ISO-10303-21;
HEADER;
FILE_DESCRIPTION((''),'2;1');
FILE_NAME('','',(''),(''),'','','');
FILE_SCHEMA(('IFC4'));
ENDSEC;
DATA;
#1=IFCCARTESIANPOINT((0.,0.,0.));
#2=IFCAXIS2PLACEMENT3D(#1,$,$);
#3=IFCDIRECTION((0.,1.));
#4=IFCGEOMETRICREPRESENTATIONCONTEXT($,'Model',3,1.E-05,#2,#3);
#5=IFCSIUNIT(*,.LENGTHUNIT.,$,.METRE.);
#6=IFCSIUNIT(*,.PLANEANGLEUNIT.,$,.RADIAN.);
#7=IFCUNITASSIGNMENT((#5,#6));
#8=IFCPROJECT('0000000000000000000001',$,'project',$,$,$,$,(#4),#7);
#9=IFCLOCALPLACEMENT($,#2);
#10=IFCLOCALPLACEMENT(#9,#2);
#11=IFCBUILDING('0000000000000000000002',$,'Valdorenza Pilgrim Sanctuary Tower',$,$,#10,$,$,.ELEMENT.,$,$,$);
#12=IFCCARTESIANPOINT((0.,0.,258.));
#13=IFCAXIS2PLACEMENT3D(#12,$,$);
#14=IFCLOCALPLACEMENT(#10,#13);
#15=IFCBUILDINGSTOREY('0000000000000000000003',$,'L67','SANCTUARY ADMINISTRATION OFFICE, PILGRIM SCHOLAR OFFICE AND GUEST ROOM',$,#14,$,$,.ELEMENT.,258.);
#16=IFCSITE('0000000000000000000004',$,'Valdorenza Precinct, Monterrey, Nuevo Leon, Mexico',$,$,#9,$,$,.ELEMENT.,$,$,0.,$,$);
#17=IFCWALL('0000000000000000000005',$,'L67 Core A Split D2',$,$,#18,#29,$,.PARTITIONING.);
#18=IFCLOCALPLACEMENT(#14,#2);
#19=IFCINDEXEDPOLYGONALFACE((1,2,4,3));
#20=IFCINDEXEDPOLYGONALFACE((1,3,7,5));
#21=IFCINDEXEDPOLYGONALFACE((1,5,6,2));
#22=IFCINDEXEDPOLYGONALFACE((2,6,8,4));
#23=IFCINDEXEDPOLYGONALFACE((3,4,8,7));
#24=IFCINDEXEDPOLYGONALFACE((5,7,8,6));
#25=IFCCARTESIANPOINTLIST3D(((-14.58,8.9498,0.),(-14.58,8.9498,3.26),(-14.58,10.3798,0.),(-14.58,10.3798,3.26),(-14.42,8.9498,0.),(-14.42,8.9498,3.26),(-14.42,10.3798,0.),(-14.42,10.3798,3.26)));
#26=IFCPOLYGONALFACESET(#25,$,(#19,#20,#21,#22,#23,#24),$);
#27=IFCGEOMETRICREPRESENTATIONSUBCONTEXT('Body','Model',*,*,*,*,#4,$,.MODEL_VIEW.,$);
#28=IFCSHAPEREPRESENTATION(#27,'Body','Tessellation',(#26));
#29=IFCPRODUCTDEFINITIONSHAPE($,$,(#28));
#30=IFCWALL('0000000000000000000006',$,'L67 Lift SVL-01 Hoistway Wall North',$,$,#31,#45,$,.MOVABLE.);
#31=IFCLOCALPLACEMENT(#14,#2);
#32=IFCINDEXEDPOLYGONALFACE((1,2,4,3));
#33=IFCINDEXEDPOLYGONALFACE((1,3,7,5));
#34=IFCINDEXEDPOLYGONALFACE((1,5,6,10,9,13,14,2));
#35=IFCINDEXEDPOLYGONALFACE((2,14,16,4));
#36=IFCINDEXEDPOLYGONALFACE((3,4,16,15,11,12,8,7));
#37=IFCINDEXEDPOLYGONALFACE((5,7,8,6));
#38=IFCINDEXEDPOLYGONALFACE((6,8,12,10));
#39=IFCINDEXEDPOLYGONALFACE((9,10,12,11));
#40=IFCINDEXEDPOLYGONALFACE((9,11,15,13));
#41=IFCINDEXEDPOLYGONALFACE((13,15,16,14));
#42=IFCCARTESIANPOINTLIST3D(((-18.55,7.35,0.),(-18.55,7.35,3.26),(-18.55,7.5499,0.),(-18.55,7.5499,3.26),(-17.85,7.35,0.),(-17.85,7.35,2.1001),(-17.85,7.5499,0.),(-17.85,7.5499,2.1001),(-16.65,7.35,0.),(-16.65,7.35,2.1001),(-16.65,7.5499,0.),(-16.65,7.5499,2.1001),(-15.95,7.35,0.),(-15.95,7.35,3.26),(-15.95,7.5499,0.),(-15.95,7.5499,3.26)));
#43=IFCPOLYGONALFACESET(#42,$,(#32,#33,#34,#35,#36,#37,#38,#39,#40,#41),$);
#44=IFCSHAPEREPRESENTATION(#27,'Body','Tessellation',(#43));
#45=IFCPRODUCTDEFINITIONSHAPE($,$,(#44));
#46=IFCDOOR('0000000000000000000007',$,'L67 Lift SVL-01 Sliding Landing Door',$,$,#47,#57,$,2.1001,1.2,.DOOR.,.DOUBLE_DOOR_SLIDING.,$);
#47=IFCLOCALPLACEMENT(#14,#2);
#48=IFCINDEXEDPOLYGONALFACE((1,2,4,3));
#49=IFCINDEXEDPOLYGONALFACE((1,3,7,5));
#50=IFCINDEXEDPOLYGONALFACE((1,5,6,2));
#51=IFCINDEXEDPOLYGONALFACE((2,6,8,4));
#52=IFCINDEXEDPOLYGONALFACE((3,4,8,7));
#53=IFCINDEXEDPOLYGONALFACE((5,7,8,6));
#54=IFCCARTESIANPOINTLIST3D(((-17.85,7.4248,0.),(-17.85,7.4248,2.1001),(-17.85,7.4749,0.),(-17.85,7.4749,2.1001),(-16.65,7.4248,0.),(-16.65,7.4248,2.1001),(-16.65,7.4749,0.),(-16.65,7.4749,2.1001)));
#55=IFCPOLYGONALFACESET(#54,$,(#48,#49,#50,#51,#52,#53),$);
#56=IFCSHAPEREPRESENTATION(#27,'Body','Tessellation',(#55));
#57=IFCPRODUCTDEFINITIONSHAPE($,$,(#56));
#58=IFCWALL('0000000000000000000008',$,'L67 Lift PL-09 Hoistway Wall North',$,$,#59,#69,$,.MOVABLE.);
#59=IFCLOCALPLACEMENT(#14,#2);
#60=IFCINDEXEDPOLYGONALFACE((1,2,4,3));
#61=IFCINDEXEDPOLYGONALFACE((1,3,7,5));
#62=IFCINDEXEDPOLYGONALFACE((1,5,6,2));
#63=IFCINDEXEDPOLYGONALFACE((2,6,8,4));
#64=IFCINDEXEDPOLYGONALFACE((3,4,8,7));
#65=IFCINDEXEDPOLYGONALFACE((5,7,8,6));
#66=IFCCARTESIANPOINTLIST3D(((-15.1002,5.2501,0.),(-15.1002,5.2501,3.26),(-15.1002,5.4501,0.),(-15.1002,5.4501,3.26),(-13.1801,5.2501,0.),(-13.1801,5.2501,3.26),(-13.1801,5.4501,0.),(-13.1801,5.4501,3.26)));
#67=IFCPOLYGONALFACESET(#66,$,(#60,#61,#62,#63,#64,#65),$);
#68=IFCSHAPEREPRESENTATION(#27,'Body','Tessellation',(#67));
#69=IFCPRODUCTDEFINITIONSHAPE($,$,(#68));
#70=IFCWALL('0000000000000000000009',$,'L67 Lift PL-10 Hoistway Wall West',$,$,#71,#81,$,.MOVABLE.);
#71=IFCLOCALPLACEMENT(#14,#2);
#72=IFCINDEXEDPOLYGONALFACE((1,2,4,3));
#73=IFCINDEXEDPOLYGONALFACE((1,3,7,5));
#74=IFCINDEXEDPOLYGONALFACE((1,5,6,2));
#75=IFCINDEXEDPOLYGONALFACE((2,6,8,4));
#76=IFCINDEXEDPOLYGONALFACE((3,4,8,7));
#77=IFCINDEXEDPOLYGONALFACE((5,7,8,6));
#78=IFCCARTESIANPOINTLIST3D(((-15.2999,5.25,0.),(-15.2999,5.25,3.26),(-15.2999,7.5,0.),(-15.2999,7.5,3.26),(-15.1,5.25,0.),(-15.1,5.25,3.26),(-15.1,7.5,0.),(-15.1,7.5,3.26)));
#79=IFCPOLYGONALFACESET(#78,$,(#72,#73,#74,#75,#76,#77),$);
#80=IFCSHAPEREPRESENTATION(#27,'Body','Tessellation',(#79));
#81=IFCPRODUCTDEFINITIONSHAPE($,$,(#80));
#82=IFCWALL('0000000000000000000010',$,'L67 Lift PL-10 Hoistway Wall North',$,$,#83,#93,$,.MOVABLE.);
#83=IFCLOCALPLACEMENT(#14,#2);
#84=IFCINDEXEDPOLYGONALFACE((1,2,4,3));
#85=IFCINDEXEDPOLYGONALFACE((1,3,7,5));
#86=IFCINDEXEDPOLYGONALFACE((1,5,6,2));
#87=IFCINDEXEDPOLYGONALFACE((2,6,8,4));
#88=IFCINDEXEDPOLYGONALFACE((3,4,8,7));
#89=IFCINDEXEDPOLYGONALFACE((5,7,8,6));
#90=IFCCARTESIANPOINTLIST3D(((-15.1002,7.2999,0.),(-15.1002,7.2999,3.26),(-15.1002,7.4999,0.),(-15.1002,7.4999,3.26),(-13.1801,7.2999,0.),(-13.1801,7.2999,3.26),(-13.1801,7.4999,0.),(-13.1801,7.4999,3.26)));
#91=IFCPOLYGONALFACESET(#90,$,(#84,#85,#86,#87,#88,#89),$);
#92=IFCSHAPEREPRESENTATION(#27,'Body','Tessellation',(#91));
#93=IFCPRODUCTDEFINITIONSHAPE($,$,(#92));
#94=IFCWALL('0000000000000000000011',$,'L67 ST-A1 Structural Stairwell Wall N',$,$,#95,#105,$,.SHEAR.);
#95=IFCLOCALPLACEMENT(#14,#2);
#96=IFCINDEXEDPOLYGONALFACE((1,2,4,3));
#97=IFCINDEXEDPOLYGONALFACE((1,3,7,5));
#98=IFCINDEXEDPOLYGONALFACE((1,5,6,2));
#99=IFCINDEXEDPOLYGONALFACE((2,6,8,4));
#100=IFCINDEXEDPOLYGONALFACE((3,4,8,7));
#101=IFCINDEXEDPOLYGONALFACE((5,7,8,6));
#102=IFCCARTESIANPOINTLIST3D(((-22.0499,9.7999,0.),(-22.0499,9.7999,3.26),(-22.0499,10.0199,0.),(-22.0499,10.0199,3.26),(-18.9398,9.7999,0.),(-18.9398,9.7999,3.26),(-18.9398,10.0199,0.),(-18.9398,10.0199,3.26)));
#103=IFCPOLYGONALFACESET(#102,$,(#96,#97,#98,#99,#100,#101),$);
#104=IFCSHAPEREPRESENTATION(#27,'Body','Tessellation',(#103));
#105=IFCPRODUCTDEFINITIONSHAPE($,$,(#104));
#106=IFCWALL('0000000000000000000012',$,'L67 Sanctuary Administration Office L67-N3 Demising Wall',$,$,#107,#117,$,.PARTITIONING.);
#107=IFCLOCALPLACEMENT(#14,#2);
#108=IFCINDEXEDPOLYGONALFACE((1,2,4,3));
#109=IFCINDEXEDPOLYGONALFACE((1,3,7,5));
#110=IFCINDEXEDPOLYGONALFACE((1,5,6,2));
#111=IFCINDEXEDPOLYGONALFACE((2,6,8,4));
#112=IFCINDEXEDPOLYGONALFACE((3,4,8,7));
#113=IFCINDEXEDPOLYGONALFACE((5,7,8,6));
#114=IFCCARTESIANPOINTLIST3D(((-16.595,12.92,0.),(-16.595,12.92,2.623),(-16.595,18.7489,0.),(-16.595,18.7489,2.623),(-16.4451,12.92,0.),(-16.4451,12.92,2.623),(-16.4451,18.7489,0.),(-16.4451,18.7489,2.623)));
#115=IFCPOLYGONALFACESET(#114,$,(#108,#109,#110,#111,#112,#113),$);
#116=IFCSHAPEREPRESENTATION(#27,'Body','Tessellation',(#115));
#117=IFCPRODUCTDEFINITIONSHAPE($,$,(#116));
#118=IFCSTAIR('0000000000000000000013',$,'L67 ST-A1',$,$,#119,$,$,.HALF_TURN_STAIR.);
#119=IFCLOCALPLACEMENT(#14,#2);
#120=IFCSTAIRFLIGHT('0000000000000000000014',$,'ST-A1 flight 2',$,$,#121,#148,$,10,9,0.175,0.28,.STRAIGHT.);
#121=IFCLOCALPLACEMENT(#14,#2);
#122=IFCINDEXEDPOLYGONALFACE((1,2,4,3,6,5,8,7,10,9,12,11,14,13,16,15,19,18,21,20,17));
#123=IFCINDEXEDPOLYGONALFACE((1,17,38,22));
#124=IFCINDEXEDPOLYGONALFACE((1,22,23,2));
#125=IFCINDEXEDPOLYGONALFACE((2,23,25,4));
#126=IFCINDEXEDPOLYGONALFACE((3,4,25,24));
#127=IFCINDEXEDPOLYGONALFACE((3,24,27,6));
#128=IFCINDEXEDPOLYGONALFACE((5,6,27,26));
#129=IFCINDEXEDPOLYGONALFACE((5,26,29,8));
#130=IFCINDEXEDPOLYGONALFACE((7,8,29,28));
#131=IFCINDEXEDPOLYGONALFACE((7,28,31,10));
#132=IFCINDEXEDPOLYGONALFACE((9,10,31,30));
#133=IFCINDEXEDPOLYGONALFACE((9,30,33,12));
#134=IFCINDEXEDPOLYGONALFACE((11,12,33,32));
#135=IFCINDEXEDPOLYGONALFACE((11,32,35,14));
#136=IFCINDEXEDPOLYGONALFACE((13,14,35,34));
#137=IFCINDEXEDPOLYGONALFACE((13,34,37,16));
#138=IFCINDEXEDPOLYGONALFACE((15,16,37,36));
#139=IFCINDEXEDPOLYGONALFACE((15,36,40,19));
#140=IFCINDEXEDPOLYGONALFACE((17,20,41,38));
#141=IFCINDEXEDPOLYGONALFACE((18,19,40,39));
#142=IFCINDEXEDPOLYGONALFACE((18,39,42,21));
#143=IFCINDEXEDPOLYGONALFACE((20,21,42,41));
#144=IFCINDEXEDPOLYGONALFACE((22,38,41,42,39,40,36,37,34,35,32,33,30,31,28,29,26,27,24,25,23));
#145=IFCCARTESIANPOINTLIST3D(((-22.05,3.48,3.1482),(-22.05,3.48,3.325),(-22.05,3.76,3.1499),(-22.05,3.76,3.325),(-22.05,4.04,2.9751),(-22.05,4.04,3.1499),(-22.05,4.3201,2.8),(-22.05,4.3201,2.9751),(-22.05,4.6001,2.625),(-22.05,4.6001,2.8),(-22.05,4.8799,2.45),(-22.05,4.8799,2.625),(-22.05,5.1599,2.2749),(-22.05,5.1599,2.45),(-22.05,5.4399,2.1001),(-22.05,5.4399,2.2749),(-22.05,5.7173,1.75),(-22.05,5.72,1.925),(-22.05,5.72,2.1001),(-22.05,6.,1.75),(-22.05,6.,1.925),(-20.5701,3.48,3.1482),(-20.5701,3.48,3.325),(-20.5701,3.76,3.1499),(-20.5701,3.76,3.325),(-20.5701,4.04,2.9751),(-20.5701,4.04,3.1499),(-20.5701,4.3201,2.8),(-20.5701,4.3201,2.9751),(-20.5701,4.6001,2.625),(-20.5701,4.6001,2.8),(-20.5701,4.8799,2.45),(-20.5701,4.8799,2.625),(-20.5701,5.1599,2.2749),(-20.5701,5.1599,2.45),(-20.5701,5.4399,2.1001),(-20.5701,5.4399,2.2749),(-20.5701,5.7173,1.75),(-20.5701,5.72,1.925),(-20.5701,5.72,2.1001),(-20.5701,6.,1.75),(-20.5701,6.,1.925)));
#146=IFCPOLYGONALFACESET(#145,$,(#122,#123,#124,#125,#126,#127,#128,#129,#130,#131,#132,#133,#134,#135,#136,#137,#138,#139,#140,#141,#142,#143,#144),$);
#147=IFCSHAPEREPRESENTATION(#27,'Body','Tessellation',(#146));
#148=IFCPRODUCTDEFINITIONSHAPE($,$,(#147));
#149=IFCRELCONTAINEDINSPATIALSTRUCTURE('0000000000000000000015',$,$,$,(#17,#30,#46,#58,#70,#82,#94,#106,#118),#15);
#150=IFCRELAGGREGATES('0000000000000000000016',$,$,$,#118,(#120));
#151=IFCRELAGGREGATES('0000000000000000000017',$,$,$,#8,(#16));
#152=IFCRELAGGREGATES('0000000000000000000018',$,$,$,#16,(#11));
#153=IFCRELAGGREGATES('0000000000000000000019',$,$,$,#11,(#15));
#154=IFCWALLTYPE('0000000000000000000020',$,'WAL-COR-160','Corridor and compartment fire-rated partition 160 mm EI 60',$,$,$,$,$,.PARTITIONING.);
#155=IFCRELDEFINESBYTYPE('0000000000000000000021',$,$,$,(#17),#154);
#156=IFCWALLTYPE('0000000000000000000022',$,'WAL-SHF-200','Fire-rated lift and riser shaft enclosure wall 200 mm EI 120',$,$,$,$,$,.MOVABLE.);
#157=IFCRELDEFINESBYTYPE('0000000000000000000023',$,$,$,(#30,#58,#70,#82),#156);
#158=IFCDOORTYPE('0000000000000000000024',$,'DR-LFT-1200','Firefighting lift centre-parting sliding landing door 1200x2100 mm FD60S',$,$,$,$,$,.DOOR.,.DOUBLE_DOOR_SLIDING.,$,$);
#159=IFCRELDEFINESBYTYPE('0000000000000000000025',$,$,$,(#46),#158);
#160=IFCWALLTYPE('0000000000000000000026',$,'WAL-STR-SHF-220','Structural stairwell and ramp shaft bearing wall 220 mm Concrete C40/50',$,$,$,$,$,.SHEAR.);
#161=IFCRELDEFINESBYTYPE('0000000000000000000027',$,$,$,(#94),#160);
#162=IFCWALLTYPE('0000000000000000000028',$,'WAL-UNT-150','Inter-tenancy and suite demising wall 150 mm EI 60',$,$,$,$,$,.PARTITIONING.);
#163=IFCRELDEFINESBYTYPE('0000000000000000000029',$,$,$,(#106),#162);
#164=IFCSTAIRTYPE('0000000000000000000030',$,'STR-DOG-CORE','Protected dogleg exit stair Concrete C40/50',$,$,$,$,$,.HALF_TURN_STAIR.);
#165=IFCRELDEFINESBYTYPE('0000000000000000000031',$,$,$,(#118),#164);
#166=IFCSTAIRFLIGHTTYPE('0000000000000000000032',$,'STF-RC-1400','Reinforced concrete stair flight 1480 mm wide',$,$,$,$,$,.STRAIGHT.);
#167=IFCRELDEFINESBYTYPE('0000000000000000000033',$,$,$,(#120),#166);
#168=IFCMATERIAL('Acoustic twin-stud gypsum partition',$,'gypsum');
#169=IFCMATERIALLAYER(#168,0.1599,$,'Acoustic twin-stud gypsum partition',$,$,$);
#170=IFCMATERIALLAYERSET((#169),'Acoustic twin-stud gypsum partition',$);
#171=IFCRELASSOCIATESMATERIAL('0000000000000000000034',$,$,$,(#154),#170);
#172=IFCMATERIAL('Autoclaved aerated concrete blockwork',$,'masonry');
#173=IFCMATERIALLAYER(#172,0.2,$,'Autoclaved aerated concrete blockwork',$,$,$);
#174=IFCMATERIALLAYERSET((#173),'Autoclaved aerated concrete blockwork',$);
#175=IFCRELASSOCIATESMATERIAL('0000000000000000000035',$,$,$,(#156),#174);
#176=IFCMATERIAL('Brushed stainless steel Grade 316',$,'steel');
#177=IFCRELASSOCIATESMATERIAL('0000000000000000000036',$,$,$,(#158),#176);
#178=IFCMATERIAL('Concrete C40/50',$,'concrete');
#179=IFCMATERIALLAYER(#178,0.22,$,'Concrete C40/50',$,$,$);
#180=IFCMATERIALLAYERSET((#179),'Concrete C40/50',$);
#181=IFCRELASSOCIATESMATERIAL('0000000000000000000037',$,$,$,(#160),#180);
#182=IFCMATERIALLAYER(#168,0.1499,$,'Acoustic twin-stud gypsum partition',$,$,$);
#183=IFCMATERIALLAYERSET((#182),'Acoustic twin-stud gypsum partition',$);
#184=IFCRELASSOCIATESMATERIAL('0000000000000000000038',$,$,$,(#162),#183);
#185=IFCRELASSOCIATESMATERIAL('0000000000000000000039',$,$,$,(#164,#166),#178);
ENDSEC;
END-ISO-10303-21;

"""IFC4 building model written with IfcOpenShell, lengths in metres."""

from ifc_helpers import new_model, si_unit, direction, frame, frame_2d, origin, place, context, subcontext, project, spatial, polyline, rectangle, outline, extrude, material, layer, layer_set, type_object, element, fill, aggregate, save


model = new_model("IFC4")

# Units and contexts
model_context = context("Model", 3, precision=1e-05, world=origin(), true_north=direction((0.0, 1.0)))
body_context = subcontext(model_context, "Body", "Model", "MODEL_VIEW")
ifc_project = project(units=[si_unit("LENGTHUNIT", "METRE"), si_unit("PLANEANGLEUNIT", "RADIAN")], contexts=[model_context])

# Site, building, storey
site_placement = place(None, origin())
site = spatial("IfcSite", under=ifc_project, at=site_placement, Name="Valdorenza Precinct, Monterrey, Nuevo Leon, Mexico", CompositionType="ELEMENT", RefElevation=0.0)
building_placement = place(site_placement, origin())
building = spatial("IfcBuilding", under=site, at=building_placement, Name="Valdorenza Pilgrim Sanctuary Tower", CompositionType="ELEMENT")
storey_placement = place(building_placement, frame((0.0, 0.0, 258.0)))
storey = spatial("IfcBuildingStorey", under=building, at=storey_placement, Name="L67", Description="SANCTUARY ADMINISTRATION OFFICE, PILGRIM SCHOLAR OFFICE AND GUEST ROOM", CompositionType="ELEMENT", Elevation=258.0)

# Shared definitions
ifc_material_1 = material(Name="Acoustic twin-stud gypsum partition", Category="gypsum")
ifc_layer_1 = layer(ifc_material_1, 0.1599, Name="Acoustic twin-stud gypsum partition")
ifc_layer_set_1 = layer_set([ifc_layer_1], Name="Acoustic twin-stud gypsum partition")
wall_type_1 = type_object("IfcWallType", Name="WAL-COR-160", Description="Corridor and compartment fire-rated partition 160 mm EI 60", PredefinedType="PARTITIONING", material=ifc_layer_set_1)

# Wall
for number, where, z_axis, x_axis, name in (
    (1, (-14.5, 8.95, 0.0), (0.0, 0.0, 1.0), (0.0, 1.0, 0.0), "L67 Core A Split D2"),
):
    element("IfcWall", number, at=place(storey_placement, frame(where, z_axis=z_axis, x_axis=x_axis)), inside=storey, type_object=wall_type_1, Name=name, PredefinedType="PARTITIONING", context=body_context, shape_type="SweptSolid", body=[
        extrude(rectangle(XDim=1.4299, YDim=0.1599, at=frame_2d((0.7148, 0.0))), origin(), (0.0, 0.0, 1.0), 3.26),
    ])

# Wall, opening, door
ifc_material_2 = material(Name="Autoclaved aerated concrete blockwork", Category="masonry")
ifc_layer_2 = layer(ifc_material_2, 0.2, Name="Autoclaved aerated concrete blockwork")
ifc_layer_set_2 = layer_set([ifc_layer_2], Name="Autoclaved aerated concrete blockwork")
wall_type_2 = type_object("IfcWallType", Name="WAL-SHF-200", Description="Fire-rated lift and riser shaft enclosure wall 200 mm EI 120", PredefinedType="MOVABLE", material=ifc_layer_set_2)
wall_1_placement = place(storey_placement, frame((-18.55, 7.45, 0.0), z_axis=(0.0, 0.0, 1.0), x_axis=(1.0, 0.0, 0.0)))
wall_1 = element("IfcWall", 2, at=wall_1_placement, inside=storey, type_object=wall_type_2, Name="L67 Lift SVL-01 Hoistway Wall North", PredefinedType="MOVABLE", context=body_context, shape_type="SweptSolid", body=[
    extrude(rectangle(XDim=2.6001, YDim=0.2, at=frame_2d((1.3, 0.0))), origin(), (0.0, 0.0, 1.0), 3.26),
])
opening_1_placement = place(wall_1_placement, frame((0.7, 0.0, 0.0)))
opening_1 = element("IfcOpeningElement", 3, at=opening_1_placement, cuts=wall_1, PredefinedType="OPENING", context=body_context, shape_type="SweptSolid", body=[
    extrude(rectangle(XDim=1.2, YDim=2.1001, at=frame_2d((0.6001, 1.05))), frame((0.0, 0.1147, 0.0), z_axis=(0.0, -1.0, 0.0), x_axis=(1.0, 0.0, 0.0)), (0.0, 0.0, 1.0), 0.2297),
])
ifc_material_3 = material(Name="Brushed stainless steel Grade 316", Category="steel")
door_type_1 = type_object("IfcDoorType", Name="DR-LFT-1200", Description="Firefighting lift centre-parting sliding landing door 1200x2100 mm FD60S", OperationType="DOUBLE_DOOR_SLIDING", PredefinedType="DOOR", material=ifc_material_3)
door_1_placement = place(opening_1_placement, origin())
door_1 = element("IfcDoor", 4, at=door_1_placement, inside=storey, type_object=door_type_1, Name="L67 Lift SVL-01 Sliding Landing Door", OperationType="DOUBLE_DOOR_SLIDING", OverallHeight=2.1001, OverallWidth=1.2, PredefinedType="DOOR", context=body_context, shape_type="SweptSolid", body=[
    extrude(rectangle(XDim=1.2, YDim=2.1001, at=frame_2d((0.6001, 1.05))), frame((0.0, 0.0249, 0.0), z_axis=(0.0, -1.0, 0.0), x_axis=(1.0, 0.0, 0.0)), (0.0, 0.0, 1.0), 0.05),
])
fill(opening_1, door_1)

# Walls
wall_2_placement = place(storey_placement, frame((-15.1001, 5.3501, 0.0), z_axis=(0.0, 0.0, 1.0), x_axis=(1.0, 0.0, 0.0)))
element("IfcWall", 5, at=wall_2_placement, inside=storey, type_object=wall_type_2, Name="L67 Lift PL-09 Hoistway Wall North", PredefinedType="MOVABLE", context=body_context, shape_type="SweptSolid", body=[
    extrude(rectangle(XDim=1.9202, YDim=0.2, at=frame_2d((0.96, 0.0))), origin(), (0.0, 0.0, 1.0), 3.26),
])
wall_3_placement = place(storey_placement, frame((-15.2, 5.25, 0.0), z_axis=(0.0, 0.0, 1.0), x_axis=(0.0, 1.0, 0.0)))
element("IfcWall", 6, at=wall_3_placement, inside=storey, type_object=wall_type_2, Name="L67 Lift PL-10 Hoistway Wall West", PredefinedType="MOVABLE", context=body_context, shape_type="SweptSolid", body=[
    extrude(rectangle(XDim=2.25, YDim=0.2, at=frame_2d((1.125, 0.0))), origin(), (0.0, 0.0, 1.0), 3.26),
])
wall_4_placement = place(storey_placement, frame((-15.1001, 7.3999, 0.0), z_axis=(0.0, 0.0, 1.0), x_axis=(1.0, 0.0, 0.0)))
element("IfcWall", 7, at=wall_4_placement, inside=storey, type_object=wall_type_2, Name="L67 Lift PL-10 Hoistway Wall North", PredefinedType="MOVABLE", context=body_context, shape_type="SweptSolid", body=[
    extrude(rectangle(XDim=1.9202, YDim=0.2, at=frame_2d((0.96, 0.0))), origin(), (0.0, 0.0, 1.0), 3.26),
])
ifc_material_4 = material(Name="Concrete C40/50", Category="concrete")
ifc_layer_3 = layer(ifc_material_4, 0.22, Name="Concrete C40/50")
ifc_layer_set_3 = layer_set([ifc_layer_3], Name="Concrete C40/50")
wall_type_3 = type_object("IfcWallType", Name="WAL-STR-SHF-220", Description="Structural stairwell and ramp shaft bearing wall 220 mm Concrete C40/50", PredefinedType="SHEAR", material=ifc_layer_set_3)
wall_5_placement = place(storey_placement, frame((-22.05, 9.9099, 0.0), z_axis=(0.0, 0.0, 1.0), x_axis=(1.0, 0.0, 0.0)))
element("IfcWall", 8, at=wall_5_placement, inside=storey, type_object=wall_type_3, Name="L67 ST-A1 Structural Stairwell Wall N", PredefinedType="SHEAR", context=body_context, shape_type="SweptSolid", body=[
    extrude(rectangle(XDim=3.1101, YDim=0.22, at=frame_2d((1.5552, 0.0))), origin(), (0.0, 0.0, 1.0), 3.26),
])
ifc_layer_4 = layer(ifc_material_1, 0.1499, Name="Acoustic twin-stud gypsum partition")
ifc_layer_set_4 = layer_set([ifc_layer_4], Name="Acoustic twin-stud gypsum partition")
wall_type_4 = type_object("IfcWallType", Name="WAL-UNT-150", Description="Inter-tenancy and suite demising wall 150 mm EI 60", PredefinedType="PARTITIONING", material=ifc_layer_set_4)
wall_6_placement = place(storey_placement, frame((-16.52, 12.9199, 0.0), z_axis=(0.0, 0.0, 1.0), x_axis=(0.0, 1.0, 0.0)))
element("IfcWall", 9, at=wall_6_placement, inside=storey, type_object=wall_type_4, Name="L67 Sanctuary Administration Office L67-N3 Demising Wall", PredefinedType="PARTITIONING", context=body_context, shape_type="SweptSolid", body=[
    extrude(rectangle(XDim=5.8289, YDim=0.1499, at=frame_2d((2.9146, 0.0))), origin(), (0.0, 0.0, 1.0), 2.623),
])

# Stair, stair flight
stair_type = type_object("IfcStairType", Name="STR-DOG-CORE", Description="Protected dogleg exit stair Concrete C40/50", PredefinedType="HALF_TURN_STAIR", material=ifc_material_4)
stair_placement = place(storey_placement, origin())
stair = element("IfcStair", 10, at=stair_placement, inside=storey, type_object=stair_type, Name="L67 ST-A1", PredefinedType="HALF_TURN_STAIR")
stair_flight_type = type_object("IfcStairFlightType", Name="STF-RC-1400", Description="Reinforced concrete stair flight 1480 mm wide", PredefinedType="STRAIGHT", material=ifc_material_4)
stair_flight_placement = place(storey_placement, frame((-21.3101, 6.0, 1.75), z_axis=(0.0, 0.0, 1.0), x_axis=(0.0, -1.0, 0.0)))
stair_flight = element("IfcStairFlight", 11, at=stair_flight_placement, type_object=stair_flight_type, Name="ST-A1 flight 2", NumberOfRisers=10, NumberOfTreads=9, PredefinedType="STRAIGHT", RiserHeight=0.175, TreadLength=0.28, context=body_context, shape_type="SweptSolid", body=[
    extrude(outline(polyline([(0.0, 0.0), (0.0, 0.175), (0.28, 0.175), (0.28, 0.3501), (0.5601, 0.3501), (0.5601, 0.5249), (0.8401, 0.5249), (0.8401, 0.7), (1.1201, 0.7), (1.1201, 0.875), (1.3999, 0.875), (1.3999, 1.05), (1.6799, 1.05), (1.6799, 1.2251), (1.96, 1.2251), (1.96, 1.3999), (2.24, 1.3999), (2.24, 1.575), (2.52, 1.575), (2.52, 1.75), (2.52, 1.3982), (0.2827, 0.0), (0.0, 0.0)])), frame((0.0, 0.74, 0.0), z_axis=(0.0, -1.0, 0.0), x_axis=(1.0, 0.0, 0.0)), (0.0, 0.0, 1.0), 1.48),
])
aggregate(stair, [stair_flight])

save(model, "model.ifc")
